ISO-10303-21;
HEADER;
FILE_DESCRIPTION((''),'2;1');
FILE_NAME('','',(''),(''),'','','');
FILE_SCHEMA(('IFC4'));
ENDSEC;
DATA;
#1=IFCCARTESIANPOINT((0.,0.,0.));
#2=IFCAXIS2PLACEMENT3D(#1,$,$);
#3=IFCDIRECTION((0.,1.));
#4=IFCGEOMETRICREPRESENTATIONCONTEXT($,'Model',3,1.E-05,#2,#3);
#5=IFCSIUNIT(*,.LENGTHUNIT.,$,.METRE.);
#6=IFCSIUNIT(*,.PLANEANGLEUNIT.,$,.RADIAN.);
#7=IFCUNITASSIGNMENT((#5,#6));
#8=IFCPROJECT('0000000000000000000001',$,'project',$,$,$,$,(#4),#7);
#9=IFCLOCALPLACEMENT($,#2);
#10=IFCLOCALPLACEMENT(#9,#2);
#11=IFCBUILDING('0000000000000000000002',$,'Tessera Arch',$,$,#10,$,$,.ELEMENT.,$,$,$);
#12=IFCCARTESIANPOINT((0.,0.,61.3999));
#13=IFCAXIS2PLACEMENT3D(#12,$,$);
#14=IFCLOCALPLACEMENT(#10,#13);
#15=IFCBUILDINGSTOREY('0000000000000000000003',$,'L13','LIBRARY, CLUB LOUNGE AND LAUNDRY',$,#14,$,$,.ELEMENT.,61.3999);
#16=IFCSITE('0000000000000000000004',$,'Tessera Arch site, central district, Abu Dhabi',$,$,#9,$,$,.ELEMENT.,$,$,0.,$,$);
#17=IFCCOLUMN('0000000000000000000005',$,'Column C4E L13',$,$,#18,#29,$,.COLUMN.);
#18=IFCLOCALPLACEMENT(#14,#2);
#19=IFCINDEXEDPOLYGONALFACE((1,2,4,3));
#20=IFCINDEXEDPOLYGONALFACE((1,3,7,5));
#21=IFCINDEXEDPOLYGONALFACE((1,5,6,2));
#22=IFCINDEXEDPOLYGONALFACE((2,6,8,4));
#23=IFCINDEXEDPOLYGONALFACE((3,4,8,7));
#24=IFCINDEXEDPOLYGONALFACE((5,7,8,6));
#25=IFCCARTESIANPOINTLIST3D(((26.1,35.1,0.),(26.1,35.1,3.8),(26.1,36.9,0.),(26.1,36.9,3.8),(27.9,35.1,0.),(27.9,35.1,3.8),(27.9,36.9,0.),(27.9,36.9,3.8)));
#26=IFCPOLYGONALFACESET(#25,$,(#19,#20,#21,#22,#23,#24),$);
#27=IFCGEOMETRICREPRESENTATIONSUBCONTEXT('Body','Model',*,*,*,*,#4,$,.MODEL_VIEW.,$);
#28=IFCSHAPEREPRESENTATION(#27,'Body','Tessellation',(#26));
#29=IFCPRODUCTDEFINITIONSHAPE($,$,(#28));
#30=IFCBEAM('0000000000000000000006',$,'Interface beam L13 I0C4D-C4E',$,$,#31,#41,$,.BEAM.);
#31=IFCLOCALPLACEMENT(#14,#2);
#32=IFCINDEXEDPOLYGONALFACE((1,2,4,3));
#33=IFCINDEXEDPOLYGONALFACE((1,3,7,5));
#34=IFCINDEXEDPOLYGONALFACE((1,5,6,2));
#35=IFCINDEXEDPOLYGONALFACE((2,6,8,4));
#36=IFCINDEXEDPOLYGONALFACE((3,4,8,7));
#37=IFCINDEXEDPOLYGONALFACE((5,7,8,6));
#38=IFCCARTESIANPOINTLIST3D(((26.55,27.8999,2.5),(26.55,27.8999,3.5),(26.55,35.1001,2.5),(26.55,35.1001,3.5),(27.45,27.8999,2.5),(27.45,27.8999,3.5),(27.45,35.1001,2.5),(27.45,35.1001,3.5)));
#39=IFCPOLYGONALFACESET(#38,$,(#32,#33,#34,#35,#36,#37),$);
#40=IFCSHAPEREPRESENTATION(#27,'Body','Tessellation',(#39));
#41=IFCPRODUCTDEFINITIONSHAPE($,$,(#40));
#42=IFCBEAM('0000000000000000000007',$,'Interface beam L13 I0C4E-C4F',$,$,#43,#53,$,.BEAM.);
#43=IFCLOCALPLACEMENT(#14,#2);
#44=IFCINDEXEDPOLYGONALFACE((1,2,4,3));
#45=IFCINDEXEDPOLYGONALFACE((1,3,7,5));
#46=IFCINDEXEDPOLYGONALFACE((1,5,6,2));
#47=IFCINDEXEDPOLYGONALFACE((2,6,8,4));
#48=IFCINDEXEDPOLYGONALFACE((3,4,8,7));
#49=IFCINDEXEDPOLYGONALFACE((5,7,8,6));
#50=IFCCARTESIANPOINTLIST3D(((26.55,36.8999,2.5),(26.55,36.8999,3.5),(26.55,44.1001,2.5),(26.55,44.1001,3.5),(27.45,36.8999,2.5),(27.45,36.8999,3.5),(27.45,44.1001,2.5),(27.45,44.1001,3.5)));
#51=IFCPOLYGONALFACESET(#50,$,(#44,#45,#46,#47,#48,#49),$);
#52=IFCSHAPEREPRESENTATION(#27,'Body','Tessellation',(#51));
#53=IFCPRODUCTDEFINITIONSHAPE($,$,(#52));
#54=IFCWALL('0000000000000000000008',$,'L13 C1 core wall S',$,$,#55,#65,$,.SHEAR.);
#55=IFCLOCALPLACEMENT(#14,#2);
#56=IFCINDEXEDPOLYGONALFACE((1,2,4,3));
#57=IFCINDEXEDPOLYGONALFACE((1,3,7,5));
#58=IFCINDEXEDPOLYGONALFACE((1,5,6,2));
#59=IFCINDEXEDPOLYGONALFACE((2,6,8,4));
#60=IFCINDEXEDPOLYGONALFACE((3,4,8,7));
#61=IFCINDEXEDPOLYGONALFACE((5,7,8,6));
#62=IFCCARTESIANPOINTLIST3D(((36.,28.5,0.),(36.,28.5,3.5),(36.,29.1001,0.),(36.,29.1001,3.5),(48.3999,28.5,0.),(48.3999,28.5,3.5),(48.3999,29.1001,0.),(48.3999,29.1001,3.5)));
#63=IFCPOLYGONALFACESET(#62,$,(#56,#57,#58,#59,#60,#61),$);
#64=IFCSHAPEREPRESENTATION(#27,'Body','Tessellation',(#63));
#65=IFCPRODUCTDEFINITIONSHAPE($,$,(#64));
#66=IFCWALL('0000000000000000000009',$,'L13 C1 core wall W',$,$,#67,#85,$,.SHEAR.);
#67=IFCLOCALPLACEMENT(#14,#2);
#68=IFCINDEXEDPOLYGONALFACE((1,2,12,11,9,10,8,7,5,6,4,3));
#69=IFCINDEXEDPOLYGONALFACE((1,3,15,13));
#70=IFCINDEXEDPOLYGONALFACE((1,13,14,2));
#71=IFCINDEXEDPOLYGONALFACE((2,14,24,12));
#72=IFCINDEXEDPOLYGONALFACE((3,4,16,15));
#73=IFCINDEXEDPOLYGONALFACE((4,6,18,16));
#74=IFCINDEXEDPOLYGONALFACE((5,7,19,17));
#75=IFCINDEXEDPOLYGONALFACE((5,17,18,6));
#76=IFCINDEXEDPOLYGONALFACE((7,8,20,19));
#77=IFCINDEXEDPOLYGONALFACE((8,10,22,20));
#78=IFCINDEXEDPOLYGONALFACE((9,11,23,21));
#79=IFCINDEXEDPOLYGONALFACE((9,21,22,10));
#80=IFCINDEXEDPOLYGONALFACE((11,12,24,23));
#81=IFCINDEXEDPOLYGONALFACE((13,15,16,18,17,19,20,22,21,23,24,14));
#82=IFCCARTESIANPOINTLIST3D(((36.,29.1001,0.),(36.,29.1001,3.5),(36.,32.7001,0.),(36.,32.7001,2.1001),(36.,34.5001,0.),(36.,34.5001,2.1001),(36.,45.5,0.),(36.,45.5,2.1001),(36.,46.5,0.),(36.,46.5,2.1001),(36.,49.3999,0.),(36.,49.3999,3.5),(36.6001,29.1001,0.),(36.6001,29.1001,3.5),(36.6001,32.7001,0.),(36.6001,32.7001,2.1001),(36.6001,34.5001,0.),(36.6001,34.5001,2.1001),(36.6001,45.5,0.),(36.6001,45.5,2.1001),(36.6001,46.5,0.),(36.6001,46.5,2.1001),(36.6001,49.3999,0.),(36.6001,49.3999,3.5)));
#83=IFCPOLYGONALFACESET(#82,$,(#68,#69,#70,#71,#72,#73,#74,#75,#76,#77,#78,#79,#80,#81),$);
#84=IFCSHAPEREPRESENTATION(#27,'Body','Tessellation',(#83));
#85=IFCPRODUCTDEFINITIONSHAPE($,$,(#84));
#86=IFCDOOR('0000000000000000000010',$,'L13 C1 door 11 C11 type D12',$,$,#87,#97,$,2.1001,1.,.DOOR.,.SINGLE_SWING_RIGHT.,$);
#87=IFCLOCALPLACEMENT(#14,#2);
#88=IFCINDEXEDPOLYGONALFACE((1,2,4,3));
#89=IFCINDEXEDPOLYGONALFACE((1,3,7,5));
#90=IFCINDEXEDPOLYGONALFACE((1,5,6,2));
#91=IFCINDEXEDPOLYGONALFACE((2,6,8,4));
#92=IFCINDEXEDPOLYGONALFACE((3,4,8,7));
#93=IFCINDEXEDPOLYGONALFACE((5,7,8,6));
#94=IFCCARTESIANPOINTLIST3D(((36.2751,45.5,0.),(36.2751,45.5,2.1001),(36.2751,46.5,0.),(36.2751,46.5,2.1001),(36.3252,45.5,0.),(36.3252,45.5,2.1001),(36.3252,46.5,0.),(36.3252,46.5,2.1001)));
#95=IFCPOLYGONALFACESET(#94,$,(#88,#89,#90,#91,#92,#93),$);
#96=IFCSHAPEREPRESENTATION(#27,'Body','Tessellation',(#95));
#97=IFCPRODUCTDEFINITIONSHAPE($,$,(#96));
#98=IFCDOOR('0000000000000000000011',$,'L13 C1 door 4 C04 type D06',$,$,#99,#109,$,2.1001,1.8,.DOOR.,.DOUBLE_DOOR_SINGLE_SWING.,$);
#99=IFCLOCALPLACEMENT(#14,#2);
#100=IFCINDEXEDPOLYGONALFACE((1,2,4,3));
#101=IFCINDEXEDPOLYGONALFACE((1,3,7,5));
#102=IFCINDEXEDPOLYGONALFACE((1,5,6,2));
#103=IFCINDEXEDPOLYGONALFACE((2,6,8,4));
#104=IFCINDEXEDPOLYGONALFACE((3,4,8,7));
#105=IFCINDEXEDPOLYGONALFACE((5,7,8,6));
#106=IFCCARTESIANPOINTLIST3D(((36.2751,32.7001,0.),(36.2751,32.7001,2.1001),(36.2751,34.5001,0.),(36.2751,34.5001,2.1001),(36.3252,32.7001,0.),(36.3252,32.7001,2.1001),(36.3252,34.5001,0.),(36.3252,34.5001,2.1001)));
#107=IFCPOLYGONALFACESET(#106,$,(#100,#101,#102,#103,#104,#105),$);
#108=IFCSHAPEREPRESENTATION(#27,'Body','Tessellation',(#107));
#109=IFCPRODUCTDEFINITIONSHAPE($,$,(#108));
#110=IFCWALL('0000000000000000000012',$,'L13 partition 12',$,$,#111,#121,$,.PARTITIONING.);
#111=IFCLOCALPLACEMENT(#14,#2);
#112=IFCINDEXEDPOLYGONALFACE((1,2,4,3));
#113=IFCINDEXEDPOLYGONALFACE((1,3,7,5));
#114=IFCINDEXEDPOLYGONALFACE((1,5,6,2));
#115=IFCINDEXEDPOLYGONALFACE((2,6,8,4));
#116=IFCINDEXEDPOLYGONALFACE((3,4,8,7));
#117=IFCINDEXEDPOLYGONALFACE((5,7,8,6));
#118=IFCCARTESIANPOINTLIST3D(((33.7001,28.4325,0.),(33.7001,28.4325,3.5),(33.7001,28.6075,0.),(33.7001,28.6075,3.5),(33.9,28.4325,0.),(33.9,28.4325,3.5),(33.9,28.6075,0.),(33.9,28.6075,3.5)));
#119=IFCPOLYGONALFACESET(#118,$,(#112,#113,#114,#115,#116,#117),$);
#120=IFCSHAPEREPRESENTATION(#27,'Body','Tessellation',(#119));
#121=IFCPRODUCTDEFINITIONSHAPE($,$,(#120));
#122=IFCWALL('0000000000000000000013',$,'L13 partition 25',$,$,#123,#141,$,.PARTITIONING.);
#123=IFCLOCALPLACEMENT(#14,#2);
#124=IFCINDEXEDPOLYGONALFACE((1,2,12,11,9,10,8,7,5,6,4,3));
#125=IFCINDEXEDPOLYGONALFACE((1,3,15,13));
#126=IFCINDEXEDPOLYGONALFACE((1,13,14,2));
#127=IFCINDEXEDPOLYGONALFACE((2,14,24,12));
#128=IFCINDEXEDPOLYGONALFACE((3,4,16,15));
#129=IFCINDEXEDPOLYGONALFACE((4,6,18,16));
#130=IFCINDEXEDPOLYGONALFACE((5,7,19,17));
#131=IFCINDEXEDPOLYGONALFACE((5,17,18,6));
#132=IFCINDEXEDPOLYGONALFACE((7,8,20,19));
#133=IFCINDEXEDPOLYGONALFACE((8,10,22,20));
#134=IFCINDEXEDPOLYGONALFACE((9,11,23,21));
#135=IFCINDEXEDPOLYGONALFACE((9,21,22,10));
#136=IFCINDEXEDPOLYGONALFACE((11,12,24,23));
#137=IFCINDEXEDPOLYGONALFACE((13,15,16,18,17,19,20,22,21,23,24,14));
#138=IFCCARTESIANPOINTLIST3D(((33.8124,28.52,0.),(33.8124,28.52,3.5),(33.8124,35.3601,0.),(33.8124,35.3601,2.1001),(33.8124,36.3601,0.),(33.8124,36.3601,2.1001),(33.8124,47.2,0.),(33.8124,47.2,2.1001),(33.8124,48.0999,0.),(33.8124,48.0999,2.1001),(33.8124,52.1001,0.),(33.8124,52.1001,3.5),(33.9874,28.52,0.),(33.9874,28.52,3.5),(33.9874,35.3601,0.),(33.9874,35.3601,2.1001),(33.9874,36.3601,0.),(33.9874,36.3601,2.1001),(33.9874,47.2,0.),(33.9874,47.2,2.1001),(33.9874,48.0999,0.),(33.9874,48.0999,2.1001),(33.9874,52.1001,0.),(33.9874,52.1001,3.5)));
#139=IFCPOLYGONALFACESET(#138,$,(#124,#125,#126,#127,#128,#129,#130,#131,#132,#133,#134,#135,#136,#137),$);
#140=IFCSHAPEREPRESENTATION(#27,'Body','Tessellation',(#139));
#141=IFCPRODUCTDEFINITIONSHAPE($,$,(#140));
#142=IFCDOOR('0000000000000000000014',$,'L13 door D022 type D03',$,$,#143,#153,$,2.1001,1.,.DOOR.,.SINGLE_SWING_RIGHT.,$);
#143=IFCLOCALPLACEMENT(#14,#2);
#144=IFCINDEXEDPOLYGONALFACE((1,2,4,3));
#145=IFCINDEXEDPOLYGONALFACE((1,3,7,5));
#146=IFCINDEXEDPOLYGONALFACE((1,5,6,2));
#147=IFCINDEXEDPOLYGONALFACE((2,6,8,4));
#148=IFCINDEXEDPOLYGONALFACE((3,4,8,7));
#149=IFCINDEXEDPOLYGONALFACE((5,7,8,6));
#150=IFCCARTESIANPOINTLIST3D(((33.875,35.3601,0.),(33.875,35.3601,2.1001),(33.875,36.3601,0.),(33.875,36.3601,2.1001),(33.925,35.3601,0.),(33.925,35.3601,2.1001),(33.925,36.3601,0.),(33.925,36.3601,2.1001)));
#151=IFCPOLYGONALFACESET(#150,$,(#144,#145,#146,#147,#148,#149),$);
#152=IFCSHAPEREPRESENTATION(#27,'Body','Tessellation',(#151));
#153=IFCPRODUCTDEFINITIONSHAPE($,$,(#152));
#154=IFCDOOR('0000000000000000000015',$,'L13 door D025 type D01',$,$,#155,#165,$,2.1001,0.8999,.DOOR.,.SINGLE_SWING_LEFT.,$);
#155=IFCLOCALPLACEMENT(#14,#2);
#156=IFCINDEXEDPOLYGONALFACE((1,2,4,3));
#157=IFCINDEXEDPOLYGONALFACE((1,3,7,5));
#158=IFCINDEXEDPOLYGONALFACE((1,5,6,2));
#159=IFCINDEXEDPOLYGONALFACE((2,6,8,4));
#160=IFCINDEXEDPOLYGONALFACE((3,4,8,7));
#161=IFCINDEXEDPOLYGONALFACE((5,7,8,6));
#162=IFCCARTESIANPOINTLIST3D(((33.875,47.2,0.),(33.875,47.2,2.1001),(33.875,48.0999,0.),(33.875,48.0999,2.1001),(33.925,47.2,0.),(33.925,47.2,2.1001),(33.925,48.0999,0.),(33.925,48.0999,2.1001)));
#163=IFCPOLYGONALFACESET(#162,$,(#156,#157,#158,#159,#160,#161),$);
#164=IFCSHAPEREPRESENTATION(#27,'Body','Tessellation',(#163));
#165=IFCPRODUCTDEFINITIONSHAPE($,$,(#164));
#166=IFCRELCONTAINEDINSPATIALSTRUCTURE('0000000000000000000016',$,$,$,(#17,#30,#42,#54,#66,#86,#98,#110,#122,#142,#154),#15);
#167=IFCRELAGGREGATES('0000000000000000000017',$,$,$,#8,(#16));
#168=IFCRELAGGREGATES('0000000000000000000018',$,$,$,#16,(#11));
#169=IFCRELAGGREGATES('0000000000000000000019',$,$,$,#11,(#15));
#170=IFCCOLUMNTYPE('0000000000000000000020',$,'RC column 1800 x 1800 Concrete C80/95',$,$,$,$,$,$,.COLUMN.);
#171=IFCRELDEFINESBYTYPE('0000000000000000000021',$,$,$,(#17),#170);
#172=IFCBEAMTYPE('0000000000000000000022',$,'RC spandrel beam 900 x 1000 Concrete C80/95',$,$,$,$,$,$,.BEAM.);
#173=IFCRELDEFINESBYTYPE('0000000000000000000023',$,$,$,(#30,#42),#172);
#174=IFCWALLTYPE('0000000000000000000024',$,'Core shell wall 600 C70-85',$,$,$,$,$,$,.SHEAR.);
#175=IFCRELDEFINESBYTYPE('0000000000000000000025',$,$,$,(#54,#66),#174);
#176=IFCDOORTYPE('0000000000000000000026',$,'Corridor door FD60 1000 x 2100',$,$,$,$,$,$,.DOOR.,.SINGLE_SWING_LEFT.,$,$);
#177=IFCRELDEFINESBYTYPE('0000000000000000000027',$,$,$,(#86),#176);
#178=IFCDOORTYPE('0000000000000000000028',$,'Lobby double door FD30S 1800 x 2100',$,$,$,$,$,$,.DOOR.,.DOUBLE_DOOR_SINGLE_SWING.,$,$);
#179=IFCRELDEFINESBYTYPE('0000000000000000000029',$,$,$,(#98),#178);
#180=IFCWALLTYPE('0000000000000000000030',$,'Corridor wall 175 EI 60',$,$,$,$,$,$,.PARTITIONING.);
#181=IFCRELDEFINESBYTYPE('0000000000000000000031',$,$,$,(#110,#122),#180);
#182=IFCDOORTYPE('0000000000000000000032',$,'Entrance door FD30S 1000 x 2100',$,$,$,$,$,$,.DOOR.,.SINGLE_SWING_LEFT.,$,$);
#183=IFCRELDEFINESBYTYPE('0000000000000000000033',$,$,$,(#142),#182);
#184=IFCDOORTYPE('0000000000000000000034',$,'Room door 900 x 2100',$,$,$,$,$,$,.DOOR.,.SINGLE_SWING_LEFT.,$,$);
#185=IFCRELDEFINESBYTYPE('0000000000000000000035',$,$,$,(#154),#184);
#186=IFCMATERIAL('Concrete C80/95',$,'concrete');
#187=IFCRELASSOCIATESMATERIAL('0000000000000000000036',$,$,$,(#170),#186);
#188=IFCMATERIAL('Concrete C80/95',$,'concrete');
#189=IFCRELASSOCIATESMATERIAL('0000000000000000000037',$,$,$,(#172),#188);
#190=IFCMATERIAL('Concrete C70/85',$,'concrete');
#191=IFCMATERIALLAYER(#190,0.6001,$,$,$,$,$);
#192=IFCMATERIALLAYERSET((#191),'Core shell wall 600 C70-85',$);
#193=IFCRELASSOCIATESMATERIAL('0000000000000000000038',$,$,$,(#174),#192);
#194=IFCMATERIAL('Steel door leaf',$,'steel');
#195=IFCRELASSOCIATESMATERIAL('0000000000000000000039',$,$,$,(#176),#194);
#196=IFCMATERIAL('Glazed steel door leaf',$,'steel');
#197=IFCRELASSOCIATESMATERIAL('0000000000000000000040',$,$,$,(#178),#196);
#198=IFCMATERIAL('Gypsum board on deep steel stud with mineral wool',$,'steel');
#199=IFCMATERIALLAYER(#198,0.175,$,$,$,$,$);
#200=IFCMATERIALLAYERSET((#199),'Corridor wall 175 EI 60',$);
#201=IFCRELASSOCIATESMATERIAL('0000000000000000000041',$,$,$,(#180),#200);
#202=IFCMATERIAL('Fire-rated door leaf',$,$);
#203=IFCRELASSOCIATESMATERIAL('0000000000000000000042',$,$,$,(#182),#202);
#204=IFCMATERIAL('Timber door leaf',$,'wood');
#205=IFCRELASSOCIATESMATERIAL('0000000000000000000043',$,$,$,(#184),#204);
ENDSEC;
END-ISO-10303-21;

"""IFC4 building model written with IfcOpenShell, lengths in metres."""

from ifc_helpers import new_model, si_unit, direction, frame, frame_2d, origin, origin_2d, place, context, subcontext, project, spatial, rectangle, extrude, material, layer, layer_set, material_profile, profile_set, type_object, element, fill, save


model = new_model("IFC4")

# Units and contexts
model_context = context("Model", 3, precision=1e-05, world=origin(), true_north=direction((0.0, 1.0)))
body_context = subcontext(model_context, "Body", "Model", "MODEL_VIEW")
ifc_project = project(units=[si_unit("LENGTHUNIT", "METRE"), si_unit("PLANEANGLEUNIT", "RADIAN")], contexts=[model_context])

# Site, building, storey
site_placement = place(None, origin())
site = spatial("IfcSite", under=ifc_project, at=site_placement, Name="Tessera Arch site, central district, Abu Dhabi", CompositionType="ELEMENT", RefElevation=0.0)
building_placement = place(site_placement, origin())
building = spatial("IfcBuilding", under=site, at=building_placement, Name="Tessera Arch", CompositionType="ELEMENT")
storey_placement = place(building_placement, frame((0.0, 0.0, 61.3999)))
storey = spatial("IfcBuildingStorey", under=building, at=storey_placement, Name="L13", Description="LIBRARY, CLUB LOUNGE AND LAUNDRY", CompositionType="ELEMENT", Elevation=61.3999)

# Column
ifc_material_1 = material(Name="Concrete C80/95", Category="concrete")
ifc_material_profile_1 = material_profile(ifc_material_1, rectangle(XDim=1.8, YDim=1.8, at=origin_2d()), Name="RC column 1800 x 1800 Concrete C80/95")
ifc_profile_set_1 = profile_set([ifc_material_profile_1], Name="Concrete C80/95")
column_type = type_object("IfcColumnType", Name="RC column 1800 x 1800 Concrete C80/95", PredefinedType="COLUMN", material=ifc_profile_set_1)
column_placement = place(storey_placement, frame((27.0, 36.0, 0.0), z_axis=(0.0, 0.0, 1.0), x_axis=(1.0, 0.0, 0.0)))
element("IfcColumn", 1, at=column_placement, inside=storey, type_object=column_type, Name="Column C4E L13", PredefinedType="COLUMN", context=body_context, shape_type="SweptSolid", body=[
    extrude(rectangle(XDim=1.8, YDim=1.8, at=origin_2d()), origin(), (0.0, 0.0, 1.0), 3.8),
])

# Beams
ifc_material_2 = material(Name="Concrete C80/95", Category="concrete")
ifc_material_profile_2 = material_profile(ifc_material_2, rectangle(XDim=0.8999, YDim=1.0, at=origin_2d()), Name="RC spandrel beam 900 x 1000 Concrete C80/95")
ifc_profile_set_2 = profile_set([ifc_material_profile_2], Name="Concrete C80/95")
beam_type = type_object("IfcBeamType", Name="RC spandrel beam 900 x 1000 Concrete C80/95", PredefinedType="BEAM", material=ifc_profile_set_2)
for number, where, z_axis, x_axis, name in (
    (2, (27.0, 27.8999, 3.0), (0.0, 1.0, 0.0), (-1.0, 0.0, 0.0), "Interface beam L13 I0C4D-C4E"),
    (3, (27.0, 36.8999, 3.0), (0.0, 1.0, 0.0), (-1.0, 0.0, 0.0), "Interface beam L13 I0C4E-C4F"),
):
    element("IfcBeam", number, at=place(storey_placement, frame(where, z_axis=z_axis, x_axis=x_axis)), inside=storey, type_object=beam_type, Name=name, PredefinedType="BEAM", context=body_context, shape_type="SweptSolid", body=[
        extrude(rectangle(XDim=0.8999, YDim=1.0, at=origin_2d()), origin(), (0.0, 0.0, 1.0), 7.2002),
    ])

# Wall
ifc_material_3 = material(Name="Concrete C70/85", Category="concrete")
ifc_layer_1 = layer(ifc_material_3, 0.6001)
ifc_layer_set_1 = layer_set([ifc_layer_1], Name="Core shell wall 600 C70-85")
wall_type_1 = type_object("IfcWallType", Name="Core shell wall 600 C70-85", PredefinedType="SHEAR", material=ifc_layer_set_1)
wall_1_placement = place(storey_placement, frame((36.0, 28.8, 0.0), z_axis=(0.0, 0.0, 1.0), x_axis=(1.0, 0.0, 0.0)))
element("IfcWall", 4, at=wall_1_placement, inside=storey, type_object=wall_type_1, Name="L13 C1 core wall S", PredefinedType="SHEAR", context=body_context, shape_type="SweptSolid", body=[
    extrude(rectangle(XDim=12.3999, YDim=0.6001, at=frame_2d((6.2, 0.0))), origin(), (0.0, 0.0, 1.0), 3.5),
])

# Wall, openings, doors
wall_2_placement = place(storey_placement, frame((36.3, 29.1001, 0.0), z_axis=(0.0, 0.0, 1.0), x_axis=(0.0, 1.0, 0.0)))
wall_2 = element("IfcWall", 5, at=wall_2_placement, inside=storey, type_object=wall_type_1, Name="L13 C1 core wall W", PredefinedType="SHEAR", context=body_context, shape_type="SweptSolid", body=[
    extrude(rectangle(XDim=20.2998, YDim=0.6001, at=frame_2d((10.1499, 0.0))), origin(), (0.0, 0.0, 1.0), 3.5),
])
opening_1_placement = place(wall_2_placement, frame((3.6001, 0.0, 0.0)))
opening_1 = element("IfcOpeningElement", 6, at=opening_1_placement, cuts=wall_2, PredefinedType="OPENING", context=body_context, shape_type="SweptSolid", body=[
    extrude(rectangle(XDim=1.8, YDim=2.1001, at=frame_2d((0.8999, 1.05))), frame((0.0, 0.3101, 0.0), z_axis=(0.0, -1.0, 0.0), x_axis=(1.0, 0.0, 0.0)), (0.0, 0.0, 1.0), 0.6201),
])
opening_2_placement = place(wall_2_placement, frame((16.3999, 0.0, 0.0)))
opening_2 = element("IfcOpeningElement", 7, at=opening_2_placement, cuts=wall_2, PredefinedType="OPENING", context=body_context, shape_type="SweptSolid", body=[
    extrude(rectangle(XDim=1.0, YDim=2.1001, at=frame_2d((0.5, 1.05))), frame((0.0, 0.3101, 0.0), z_axis=(0.0, -1.0, 0.0), x_axis=(1.0, 0.0, 0.0)), (0.0, 0.0, 1.0), 0.6201),
])
ifc_material_4 = material(Name="Steel door leaf", Category="steel")
door_type_1 = type_object("IfcDoorType", Name="Corridor door FD60 1000 x 2100", OperationType="SINGLE_SWING_LEFT", PredefinedType="DOOR", material=ifc_material_4)
door_1_placement = place(opening_2_placement, origin())
door_1 = element("IfcDoor", 8, at=door_1_placement, inside=storey, type_object=door_type_1, Name="L13 C1 door 11 C11 type D12", OperationType="SINGLE_SWING_RIGHT", OverallHeight=2.1001, OverallWidth=1.0, PredefinedType="DOOR", context=body_context, shape_type="SweptSolid", body=[
    extrude(rectangle(XDim=1.0, YDim=2.1001, at=frame_2d((0.5, 1.05))), frame((0.0, 0.0249, 0.0), z_axis=(0.0, -1.0, 0.0), x_axis=(1.0, 0.0, 0.0)), (0.0, 0.0, 1.0), 0.05),
])
fill(opening_2, door_1)
ifc_material_5 = material(Name="Glazed steel door leaf", Category="steel")
door_type_2 = type_object("IfcDoorType", Name="Lobby double door FD30S 1800 x 2100", OperationType="DOUBLE_DOOR_SINGLE_SWING", PredefinedType="DOOR", material=ifc_material_5)
door_2_placement = place(opening_1_placement, origin())
door_2 = element("IfcDoor", 9, at=door_2_placement, inside=storey, type_object=door_type_2, Name="L13 C1 door 4 C04 type D06", OperationType="DOUBLE_DOOR_SINGLE_SWING", OverallHeight=2.1001, OverallWidth=1.8, PredefinedType="DOOR", context=body_context, shape_type="SweptSolid", body=[
    extrude(rectangle(XDim=1.8, YDim=2.1001, at=frame_2d((0.8999, 1.05))), frame((0.0, 0.0249, 0.0), z_axis=(0.0, -1.0, 0.0), x_axis=(1.0, 0.0, 0.0)), (0.0, 0.0, 1.0), 0.05),
])
fill(opening_1, door_2)

# Wall
ifc_material_6 = material(Name="Gypsum board on deep steel stud with mineral wool", Category="steel")
ifc_layer_2 = layer(ifc_material_6, 0.175)
ifc_layer_set_2 = layer_set([ifc_layer_2], Name="Corridor wall 175 EI 60")
wall_type_2 = type_object("IfcWallType", Name="Corridor wall 175 EI 60", PredefinedType="PARTITIONING", material=ifc_layer_set_2)
wall_3_placement = place(storey_placement, frame((33.7, 28.52, 0.0), z_axis=(0.0, 0.0, 1.0), x_axis=(1.0, 0.0, 0.0)))
element("IfcWall", 10, at=wall_3_placement, inside=storey, type_object=wall_type_2, Name="L13 partition 12", PredefinedType="PARTITIONING", context=body_context, shape_type="SweptSolid", body=[
    extrude(rectangle(XDim=0.2, YDim=0.175, at=frame_2d((0.1001, 0.0))), origin(), (0.0, 0.0, 1.0), 3.5),
])

# Wall, openings, doors
wall_4_placement = place(storey_placement, frame((33.8999, 28.52, 0.0), z_axis=(0.0, 0.0, 1.0), x_axis=(0.0, 1.0, 0.0)))
wall_4 = element("IfcWall", 11, at=wall_4_placement, inside=storey, type_object=wall_type_2, Name="L13 partition 25", PredefinedType="PARTITIONING", context=body_context, shape_type="SweptSolid", body=[
    extrude(rectangle(XDim=23.5801, YDim=0.175, at=frame_2d((11.79, 0.0))), origin(), (0.0, 0.0, 1.0), 3.5),
])
opening_3_placement = place(wall_4_placement, frame((6.8401, 0.0, 0.0)))
opening_3 = element("IfcOpeningElement", 12, at=opening_3_placement, cuts=wall_4, PredefinedType="OPENING", context=body_context, shape_type="SweptSolid", body=[
    extrude(rectangle(XDim=1.0, YDim=2.1001, at=frame_2d((0.5, 1.05))), frame((0.0, 0.0974, 0.0), z_axis=(0.0, -1.0, 0.0), x_axis=(1.0, 0.0, 0.0)), (0.0, 0.0, 1.0), 0.1951),
])
opening_4_placement = place(wall_4_placement, frame((18.6799, 0.0, 0.0)))
opening_4 = element("IfcOpeningElement", 13, at=opening_4_placement, cuts=wall_4, PredefinedType="OPENING", context=body_context, shape_type="SweptSolid", body=[
    extrude(rectangle(XDim=0.8999, YDim=2.1001, at=frame_2d((0.45, 1.05))), frame((0.0, 0.0974, 0.0), z_axis=(0.0, -1.0, 0.0), x_axis=(1.0, 0.0, 0.0)), (0.0, 0.0, 1.0), 0.1951),
])
ifc_material_7 = material(Name="Fire-rated door leaf")
door_type_3 = type_object("IfcDoorType", Name="Entrance door FD30S 1000 x 2100", OperationType="SINGLE_SWING_LEFT", PredefinedType="DOOR", material=ifc_material_7)
door_3_placement = place(opening_3_placement, origin())
door_3 = element("IfcDoor", 14, at=door_3_placement, inside=storey, type_object=door_type_3, Name="L13 door D022 type D03", OperationType="SINGLE_SWING_RIGHT", OverallHeight=2.1001, OverallWidth=1.0, PredefinedType="DOOR", context=body_context, shape_type="SweptSolid", body=[
    extrude(rectangle(XDim=1.0, YDim=2.1001, at=frame_2d((0.5, 1.05))), frame((0.0, 0.0249, 0.0), z_axis=(0.0, -1.0, 0.0), x_axis=(1.0, 0.0, 0.0)), (0.0, 0.0, 1.0), 0.05),
])
fill(opening_3, door_3)
ifc_material_8 = material(Name="Timber door leaf", Category="wood")
door_type_4 = type_object("IfcDoorType", Name="Room door 900 x 2100", OperationType="SINGLE_SWING_LEFT", PredefinedType="DOOR", material=ifc_material_8)
door_4_placement = place(opening_4_placement, origin())
door_4 = element("IfcDoor", 15, at=door_4_placement, inside=storey, type_object=door_type_4, Name="L13 door D025 type D01", OperationType="SINGLE_SWING_LEFT", OverallHeight=2.1001, OverallWidth=0.8999, PredefinedType="DOOR", context=body_context, shape_type="SweptSolid", body=[
    extrude(rectangle(XDim=0.8999, YDim=2.1001, at=frame_2d((0.45, 1.05))), frame((0.0, 0.0249, 0.0), z_axis=(0.0, -1.0, 0.0), x_axis=(1.0, 0.0, 0.0)), (0.0, 0.0, 1.0), 0.05),
])
fill(opening_4, door_4)

save(model, "model.ifc")
